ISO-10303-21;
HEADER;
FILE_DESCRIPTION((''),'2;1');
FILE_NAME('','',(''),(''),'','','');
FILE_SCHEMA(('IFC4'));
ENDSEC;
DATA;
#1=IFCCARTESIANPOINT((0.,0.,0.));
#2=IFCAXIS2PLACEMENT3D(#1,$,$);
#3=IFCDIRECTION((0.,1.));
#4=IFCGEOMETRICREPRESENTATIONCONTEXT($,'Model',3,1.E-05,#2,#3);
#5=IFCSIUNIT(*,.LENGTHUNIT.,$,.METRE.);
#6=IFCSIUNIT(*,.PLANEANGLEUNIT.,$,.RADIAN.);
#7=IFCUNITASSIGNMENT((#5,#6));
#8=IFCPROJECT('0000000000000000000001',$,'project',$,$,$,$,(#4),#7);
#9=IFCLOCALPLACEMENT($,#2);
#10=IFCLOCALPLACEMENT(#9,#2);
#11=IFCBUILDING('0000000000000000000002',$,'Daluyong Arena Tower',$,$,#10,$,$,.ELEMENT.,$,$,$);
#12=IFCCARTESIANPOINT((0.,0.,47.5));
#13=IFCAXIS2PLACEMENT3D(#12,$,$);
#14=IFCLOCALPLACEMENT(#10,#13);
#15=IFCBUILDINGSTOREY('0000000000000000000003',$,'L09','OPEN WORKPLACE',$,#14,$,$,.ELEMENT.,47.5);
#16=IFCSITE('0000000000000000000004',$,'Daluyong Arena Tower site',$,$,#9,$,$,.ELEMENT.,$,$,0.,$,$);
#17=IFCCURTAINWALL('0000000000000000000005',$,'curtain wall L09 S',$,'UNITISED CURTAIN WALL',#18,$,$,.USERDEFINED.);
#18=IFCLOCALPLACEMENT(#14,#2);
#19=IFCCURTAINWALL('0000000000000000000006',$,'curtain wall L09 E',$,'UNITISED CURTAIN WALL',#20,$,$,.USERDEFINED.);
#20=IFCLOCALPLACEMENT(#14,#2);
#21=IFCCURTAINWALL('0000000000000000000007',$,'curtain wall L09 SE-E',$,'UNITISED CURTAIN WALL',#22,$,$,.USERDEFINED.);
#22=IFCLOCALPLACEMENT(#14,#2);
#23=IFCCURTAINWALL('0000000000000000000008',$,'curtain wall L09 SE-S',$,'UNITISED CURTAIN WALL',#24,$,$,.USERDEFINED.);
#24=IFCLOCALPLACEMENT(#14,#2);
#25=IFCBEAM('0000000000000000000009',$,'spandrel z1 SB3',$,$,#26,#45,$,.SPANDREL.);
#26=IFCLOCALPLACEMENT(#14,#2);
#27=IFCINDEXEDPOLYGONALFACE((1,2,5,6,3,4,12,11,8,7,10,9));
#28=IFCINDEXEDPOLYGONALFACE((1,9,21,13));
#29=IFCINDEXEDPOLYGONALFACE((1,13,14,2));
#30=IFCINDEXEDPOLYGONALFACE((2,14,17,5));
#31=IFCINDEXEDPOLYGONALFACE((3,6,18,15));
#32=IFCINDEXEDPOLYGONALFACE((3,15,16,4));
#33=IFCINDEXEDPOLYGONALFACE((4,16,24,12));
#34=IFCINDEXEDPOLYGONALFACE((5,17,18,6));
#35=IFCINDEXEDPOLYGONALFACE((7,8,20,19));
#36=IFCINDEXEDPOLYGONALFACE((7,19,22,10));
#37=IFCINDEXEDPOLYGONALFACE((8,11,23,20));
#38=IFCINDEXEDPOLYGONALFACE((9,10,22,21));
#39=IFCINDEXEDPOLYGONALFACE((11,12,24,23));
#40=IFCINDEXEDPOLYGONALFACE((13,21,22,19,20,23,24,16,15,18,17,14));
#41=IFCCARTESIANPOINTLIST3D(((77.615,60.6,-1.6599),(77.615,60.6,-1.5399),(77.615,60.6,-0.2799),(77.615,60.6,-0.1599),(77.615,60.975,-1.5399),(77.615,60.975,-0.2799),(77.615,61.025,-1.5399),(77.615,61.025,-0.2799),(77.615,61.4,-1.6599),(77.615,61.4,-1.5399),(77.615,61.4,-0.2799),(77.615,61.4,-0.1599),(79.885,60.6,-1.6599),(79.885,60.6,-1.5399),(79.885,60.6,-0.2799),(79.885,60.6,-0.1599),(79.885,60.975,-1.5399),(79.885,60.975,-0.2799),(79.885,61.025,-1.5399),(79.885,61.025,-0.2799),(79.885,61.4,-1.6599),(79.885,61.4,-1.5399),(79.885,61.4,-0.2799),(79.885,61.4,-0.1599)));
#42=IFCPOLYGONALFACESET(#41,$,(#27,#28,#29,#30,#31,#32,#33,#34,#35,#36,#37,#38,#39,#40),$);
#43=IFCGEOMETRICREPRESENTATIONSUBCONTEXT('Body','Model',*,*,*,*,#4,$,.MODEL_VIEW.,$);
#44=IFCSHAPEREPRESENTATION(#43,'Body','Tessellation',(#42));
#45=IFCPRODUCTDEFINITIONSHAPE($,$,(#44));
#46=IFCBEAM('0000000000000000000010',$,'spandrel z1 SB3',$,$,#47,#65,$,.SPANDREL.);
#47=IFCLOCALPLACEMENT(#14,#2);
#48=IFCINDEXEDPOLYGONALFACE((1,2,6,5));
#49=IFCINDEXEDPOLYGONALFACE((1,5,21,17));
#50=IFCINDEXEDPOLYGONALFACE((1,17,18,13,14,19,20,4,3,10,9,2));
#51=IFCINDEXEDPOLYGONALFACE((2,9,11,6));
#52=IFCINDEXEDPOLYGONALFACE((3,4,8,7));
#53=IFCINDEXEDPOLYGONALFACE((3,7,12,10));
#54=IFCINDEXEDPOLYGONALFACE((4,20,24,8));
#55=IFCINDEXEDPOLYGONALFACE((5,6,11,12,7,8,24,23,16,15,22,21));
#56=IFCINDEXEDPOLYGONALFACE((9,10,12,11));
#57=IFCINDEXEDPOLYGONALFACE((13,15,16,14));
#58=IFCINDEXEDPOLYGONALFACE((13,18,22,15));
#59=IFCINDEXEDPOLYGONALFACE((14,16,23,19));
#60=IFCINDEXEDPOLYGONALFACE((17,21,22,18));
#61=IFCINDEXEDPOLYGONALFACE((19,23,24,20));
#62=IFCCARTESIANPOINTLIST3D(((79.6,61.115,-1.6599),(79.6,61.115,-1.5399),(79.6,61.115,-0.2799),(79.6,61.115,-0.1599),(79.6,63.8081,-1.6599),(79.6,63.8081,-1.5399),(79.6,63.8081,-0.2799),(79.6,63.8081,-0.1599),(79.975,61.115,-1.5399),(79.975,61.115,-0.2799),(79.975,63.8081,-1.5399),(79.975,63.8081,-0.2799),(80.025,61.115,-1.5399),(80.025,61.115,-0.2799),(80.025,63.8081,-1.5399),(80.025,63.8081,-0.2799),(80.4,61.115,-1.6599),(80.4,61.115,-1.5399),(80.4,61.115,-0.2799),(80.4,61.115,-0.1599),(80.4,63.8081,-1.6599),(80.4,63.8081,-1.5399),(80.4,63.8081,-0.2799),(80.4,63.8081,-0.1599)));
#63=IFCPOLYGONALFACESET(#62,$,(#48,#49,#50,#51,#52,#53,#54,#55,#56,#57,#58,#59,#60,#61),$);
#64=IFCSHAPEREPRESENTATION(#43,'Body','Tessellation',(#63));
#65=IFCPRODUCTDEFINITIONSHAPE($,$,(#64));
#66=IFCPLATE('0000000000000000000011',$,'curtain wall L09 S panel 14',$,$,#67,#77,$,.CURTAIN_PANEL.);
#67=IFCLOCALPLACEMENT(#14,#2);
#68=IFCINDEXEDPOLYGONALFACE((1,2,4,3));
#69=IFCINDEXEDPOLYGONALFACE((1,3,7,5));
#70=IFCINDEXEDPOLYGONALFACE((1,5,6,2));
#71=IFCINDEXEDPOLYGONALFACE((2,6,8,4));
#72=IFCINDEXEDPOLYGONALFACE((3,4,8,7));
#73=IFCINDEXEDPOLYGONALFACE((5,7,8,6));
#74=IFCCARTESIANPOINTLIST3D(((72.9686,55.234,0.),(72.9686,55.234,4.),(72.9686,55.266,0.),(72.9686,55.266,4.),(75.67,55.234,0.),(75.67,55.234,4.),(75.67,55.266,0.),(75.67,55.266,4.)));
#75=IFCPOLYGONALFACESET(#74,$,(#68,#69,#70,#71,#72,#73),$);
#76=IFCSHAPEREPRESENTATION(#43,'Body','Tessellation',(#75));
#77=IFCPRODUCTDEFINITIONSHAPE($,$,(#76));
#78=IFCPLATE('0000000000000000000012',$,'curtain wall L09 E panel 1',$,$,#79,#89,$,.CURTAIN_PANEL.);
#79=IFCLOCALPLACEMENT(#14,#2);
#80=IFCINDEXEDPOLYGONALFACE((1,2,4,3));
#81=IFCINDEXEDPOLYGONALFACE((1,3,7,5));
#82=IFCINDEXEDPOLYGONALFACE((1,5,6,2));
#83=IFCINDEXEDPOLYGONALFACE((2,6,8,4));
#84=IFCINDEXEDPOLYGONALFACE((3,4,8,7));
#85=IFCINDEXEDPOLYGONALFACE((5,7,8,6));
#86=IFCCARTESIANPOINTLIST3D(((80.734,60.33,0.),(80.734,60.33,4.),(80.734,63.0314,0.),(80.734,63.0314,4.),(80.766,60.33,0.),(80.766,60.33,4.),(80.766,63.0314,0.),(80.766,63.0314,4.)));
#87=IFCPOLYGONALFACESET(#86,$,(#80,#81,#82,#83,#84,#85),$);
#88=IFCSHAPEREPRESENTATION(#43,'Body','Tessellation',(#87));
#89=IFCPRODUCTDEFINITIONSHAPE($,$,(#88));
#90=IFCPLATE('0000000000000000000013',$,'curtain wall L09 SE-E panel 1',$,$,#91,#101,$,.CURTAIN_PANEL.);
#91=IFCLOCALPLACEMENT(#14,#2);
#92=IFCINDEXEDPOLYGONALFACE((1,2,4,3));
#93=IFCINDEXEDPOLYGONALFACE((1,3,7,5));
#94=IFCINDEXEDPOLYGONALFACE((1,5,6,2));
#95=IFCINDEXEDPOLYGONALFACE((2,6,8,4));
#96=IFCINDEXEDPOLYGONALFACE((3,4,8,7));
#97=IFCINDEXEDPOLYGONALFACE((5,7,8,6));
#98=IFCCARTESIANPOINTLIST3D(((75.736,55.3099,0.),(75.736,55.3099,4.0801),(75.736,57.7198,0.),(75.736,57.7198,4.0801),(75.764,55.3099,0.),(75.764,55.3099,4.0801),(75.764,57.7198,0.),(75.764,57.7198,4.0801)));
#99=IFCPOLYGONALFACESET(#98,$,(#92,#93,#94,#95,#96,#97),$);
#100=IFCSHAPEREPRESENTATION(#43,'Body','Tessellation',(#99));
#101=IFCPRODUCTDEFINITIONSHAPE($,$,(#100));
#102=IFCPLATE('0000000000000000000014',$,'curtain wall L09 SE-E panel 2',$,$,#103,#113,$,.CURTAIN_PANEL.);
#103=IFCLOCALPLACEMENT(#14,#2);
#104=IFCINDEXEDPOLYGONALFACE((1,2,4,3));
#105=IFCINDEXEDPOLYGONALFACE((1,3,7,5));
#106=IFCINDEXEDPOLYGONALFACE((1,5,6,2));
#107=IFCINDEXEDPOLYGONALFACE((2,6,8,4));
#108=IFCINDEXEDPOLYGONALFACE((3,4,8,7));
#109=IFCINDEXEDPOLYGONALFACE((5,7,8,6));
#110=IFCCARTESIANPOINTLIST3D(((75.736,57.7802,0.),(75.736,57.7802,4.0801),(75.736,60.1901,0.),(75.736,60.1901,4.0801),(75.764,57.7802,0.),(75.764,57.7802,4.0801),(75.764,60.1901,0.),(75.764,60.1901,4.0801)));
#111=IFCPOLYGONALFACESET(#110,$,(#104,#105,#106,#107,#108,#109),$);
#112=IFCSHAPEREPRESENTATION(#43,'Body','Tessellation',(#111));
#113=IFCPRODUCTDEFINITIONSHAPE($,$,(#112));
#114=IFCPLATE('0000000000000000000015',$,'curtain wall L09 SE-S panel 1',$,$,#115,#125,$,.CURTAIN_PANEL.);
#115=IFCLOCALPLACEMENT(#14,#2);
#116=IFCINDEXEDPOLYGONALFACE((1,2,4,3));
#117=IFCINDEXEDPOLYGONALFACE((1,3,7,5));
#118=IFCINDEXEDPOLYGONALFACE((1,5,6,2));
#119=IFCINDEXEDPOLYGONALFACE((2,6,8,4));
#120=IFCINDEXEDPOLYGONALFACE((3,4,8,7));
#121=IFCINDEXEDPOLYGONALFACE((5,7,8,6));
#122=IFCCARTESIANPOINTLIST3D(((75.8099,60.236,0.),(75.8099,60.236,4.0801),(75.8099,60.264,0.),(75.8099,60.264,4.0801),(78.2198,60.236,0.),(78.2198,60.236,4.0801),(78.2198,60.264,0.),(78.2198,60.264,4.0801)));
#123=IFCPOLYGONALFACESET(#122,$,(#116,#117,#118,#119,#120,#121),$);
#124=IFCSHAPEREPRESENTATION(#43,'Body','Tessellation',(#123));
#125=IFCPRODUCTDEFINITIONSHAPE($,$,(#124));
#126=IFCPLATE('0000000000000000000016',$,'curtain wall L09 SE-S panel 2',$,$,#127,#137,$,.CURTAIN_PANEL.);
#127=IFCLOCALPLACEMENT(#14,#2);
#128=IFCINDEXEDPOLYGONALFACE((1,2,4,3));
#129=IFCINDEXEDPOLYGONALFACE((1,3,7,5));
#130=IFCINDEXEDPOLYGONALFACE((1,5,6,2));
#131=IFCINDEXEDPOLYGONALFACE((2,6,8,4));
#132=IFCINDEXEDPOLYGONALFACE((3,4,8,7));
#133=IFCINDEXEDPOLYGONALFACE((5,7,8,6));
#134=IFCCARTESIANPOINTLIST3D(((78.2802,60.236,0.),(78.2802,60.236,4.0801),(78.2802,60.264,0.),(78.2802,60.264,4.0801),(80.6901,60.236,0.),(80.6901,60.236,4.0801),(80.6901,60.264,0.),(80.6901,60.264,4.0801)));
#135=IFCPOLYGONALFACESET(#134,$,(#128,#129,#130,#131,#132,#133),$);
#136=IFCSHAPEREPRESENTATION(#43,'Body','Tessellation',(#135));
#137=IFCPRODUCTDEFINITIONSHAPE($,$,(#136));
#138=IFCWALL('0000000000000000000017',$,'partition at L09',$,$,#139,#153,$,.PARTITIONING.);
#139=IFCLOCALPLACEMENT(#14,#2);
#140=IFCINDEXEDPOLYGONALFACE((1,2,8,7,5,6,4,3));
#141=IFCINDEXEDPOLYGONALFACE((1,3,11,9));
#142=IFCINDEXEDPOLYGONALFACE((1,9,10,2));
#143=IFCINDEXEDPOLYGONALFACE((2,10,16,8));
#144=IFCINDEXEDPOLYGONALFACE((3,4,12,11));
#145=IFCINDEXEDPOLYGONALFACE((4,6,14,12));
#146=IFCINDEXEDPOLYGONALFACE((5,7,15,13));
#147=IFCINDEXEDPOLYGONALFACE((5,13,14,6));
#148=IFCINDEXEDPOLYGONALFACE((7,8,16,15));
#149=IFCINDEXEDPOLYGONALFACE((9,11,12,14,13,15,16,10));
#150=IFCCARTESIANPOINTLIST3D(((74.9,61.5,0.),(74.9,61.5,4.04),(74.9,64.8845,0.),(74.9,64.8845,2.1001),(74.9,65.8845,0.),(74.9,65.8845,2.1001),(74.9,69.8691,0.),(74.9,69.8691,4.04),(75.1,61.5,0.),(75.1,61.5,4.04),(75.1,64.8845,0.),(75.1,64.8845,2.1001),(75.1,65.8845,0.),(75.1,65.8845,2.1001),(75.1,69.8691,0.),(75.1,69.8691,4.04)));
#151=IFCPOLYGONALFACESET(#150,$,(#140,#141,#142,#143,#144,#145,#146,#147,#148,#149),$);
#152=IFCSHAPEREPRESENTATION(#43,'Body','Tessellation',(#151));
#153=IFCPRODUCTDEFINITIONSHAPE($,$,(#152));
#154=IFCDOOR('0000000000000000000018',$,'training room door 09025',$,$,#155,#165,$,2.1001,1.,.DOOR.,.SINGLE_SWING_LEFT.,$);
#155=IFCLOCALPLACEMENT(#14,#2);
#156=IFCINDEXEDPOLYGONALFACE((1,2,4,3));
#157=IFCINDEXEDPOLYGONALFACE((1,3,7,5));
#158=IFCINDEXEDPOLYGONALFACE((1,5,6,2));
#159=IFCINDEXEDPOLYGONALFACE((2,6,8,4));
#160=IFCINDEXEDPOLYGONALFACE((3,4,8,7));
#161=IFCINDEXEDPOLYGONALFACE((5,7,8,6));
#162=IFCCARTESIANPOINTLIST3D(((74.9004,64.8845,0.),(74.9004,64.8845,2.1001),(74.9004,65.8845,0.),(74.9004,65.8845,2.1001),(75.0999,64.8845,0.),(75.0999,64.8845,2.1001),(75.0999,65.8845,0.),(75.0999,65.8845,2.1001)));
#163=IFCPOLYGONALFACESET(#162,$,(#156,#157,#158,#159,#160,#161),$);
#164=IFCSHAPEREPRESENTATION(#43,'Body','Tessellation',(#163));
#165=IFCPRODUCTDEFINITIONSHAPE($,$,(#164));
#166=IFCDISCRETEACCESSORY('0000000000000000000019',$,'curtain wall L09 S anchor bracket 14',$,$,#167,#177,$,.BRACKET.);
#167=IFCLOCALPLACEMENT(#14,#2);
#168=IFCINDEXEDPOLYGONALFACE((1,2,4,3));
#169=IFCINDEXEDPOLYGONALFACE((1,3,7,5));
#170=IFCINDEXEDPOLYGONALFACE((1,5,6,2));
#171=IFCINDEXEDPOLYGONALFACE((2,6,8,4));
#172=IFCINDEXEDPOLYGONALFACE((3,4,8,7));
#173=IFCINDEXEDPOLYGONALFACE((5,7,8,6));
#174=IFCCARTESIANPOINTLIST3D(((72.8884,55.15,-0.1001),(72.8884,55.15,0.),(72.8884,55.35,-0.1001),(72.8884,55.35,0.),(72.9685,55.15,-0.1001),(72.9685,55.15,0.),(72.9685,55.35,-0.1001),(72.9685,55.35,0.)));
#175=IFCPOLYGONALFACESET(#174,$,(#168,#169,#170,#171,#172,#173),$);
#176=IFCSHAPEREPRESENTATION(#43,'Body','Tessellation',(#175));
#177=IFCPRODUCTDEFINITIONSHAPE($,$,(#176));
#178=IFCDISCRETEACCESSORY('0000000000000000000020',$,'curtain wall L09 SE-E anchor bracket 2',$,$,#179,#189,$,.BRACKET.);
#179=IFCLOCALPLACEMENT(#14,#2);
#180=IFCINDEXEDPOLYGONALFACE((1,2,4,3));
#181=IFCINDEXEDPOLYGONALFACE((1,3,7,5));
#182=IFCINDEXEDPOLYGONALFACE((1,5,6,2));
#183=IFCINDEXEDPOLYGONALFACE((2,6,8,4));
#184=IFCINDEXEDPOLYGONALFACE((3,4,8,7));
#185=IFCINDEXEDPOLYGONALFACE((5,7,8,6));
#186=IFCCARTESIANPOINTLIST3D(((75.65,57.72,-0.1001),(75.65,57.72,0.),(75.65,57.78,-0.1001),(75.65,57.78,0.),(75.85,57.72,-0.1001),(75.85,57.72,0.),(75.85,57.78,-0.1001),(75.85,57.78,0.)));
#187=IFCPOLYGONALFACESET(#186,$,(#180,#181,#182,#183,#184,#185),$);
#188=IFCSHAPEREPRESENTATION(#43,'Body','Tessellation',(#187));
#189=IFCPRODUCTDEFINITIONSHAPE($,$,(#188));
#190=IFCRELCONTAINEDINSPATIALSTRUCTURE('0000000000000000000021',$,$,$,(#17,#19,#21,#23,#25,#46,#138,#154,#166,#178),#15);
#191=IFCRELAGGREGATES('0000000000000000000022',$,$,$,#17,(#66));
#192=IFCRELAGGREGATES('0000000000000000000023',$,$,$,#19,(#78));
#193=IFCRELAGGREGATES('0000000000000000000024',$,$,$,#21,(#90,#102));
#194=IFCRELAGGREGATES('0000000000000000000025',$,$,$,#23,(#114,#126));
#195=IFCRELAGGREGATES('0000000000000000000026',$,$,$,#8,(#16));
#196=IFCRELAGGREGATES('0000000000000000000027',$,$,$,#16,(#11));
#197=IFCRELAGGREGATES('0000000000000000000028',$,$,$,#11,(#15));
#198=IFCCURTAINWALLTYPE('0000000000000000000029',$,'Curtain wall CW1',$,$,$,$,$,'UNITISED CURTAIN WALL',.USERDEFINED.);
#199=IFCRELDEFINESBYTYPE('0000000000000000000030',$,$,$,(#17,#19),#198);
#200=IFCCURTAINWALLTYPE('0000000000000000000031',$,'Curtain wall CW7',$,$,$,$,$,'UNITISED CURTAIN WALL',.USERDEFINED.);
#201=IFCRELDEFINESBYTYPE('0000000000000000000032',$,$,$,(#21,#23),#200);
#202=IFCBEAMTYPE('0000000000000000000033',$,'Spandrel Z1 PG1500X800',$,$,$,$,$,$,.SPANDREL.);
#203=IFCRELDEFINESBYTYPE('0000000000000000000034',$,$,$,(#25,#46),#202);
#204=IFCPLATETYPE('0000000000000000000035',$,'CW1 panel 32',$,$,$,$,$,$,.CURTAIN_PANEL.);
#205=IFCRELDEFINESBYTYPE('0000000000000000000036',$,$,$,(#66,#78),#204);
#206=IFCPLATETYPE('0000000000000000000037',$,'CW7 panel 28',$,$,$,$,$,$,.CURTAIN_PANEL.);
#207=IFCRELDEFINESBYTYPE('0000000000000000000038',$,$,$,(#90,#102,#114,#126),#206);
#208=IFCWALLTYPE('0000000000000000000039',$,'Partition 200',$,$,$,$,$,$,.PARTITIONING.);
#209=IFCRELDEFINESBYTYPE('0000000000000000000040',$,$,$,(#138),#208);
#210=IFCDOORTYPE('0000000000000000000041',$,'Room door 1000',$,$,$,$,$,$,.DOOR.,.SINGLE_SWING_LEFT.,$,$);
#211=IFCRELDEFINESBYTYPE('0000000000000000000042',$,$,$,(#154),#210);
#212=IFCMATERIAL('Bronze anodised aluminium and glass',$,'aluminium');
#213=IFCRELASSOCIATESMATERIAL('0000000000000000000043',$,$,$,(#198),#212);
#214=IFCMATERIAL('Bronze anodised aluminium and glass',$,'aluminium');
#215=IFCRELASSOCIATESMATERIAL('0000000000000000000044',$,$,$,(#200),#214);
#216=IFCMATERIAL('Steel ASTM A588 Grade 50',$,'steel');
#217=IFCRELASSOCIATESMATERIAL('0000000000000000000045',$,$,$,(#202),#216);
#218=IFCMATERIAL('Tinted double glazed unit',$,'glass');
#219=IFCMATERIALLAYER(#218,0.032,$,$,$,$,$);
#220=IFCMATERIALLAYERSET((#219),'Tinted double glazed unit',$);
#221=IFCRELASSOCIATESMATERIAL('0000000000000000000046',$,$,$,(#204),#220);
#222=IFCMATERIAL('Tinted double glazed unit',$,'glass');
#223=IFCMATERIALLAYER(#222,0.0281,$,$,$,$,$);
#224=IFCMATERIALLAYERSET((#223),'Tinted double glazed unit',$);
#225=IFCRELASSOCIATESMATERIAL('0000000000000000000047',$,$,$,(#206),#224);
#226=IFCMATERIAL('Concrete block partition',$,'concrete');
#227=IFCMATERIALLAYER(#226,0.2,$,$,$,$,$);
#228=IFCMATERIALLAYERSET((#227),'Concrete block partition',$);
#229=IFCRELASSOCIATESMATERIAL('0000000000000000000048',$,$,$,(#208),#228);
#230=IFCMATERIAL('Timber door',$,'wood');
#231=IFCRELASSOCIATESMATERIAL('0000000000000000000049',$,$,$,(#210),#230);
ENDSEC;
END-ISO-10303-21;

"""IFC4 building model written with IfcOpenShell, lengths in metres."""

from ifc_helpers import new_model, si_unit, direction, frame, frame_2d, origin, origin_2d, place, context, subcontext, project, spatial, rectangle, i_section, extrude, material, layer, layer_set, material_profile, profile_set, type_object, element, fill, aggregate, save


model = new_model("IFC4")

# Units and contexts
model_context = context("Model", 3, precision=1e-05, world=origin(), true_north=direction((0.0, 1.0)))
body_context = subcontext(model_context, "Body", "Model", "MODEL_VIEW")
ifc_project = project(units=[si_unit("LENGTHUNIT", "METRE"), si_unit("PLANEANGLEUNIT", "RADIAN")], contexts=[model_context])

# Site, building, storey
site_placement = place(None, origin())
site = spatial("IfcSite", under=ifc_project, at=site_placement, Name="Daluyong Arena Tower site", CompositionType="ELEMENT", RefElevation=0.0)
building_placement = place(site_placement, origin())
building = spatial("IfcBuilding", under=site, at=building_placement, Name="Daluyong Arena Tower", CompositionType="ELEMENT")
storey_placement = place(building_placement, frame((0.0, 0.0, 47.5)))
storey = spatial("IfcBuildingStorey", under=building, at=storey_placement, Name="L09", Description="OPEN WORKPLACE", CompositionType="ELEMENT", Elevation=47.5)

# Curtain wall
ifc_material_1 = material(Name="Bronze anodised aluminium and glass", Category="aluminium")
curtain_wall_type_1 = type_object("IfcCurtainWallType", Name="Curtain wall CW1", ElementType="UNITISED CURTAIN WALL", PredefinedType="USERDEFINED", material=ifc_material_1)
curtain_wall_1_placement = place(storey_placement, origin())
curtain_wall_1 = element("IfcCurtainWall", 1, at=curtain_wall_1_placement, inside=storey, type_object=curtain_wall_type_1, Name="curtain wall L09 S", ObjectType="UNITISED CURTAIN WALL", PredefinedType="USERDEFINED")

# Curtain wall
curtain_wall_2_placement = place(storey_placement, origin())
curtain_wall_2 = element("IfcCurtainWall", 2, at=curtain_wall_2_placement, inside=storey, type_object=curtain_wall_type_1, Name="curtain wall L09 E", ObjectType="UNITISED CURTAIN WALL", PredefinedType="USERDEFINED")

# Curtain walls
ifc_material_2 = material(Name="Bronze anodised aluminium and glass", Category="aluminium")
curtain_wall_type_2 = type_object("IfcCurtainWallType", Name="Curtain wall CW7", ElementType="UNITISED CURTAIN WALL", PredefinedType="USERDEFINED", material=ifc_material_2)
curtain_wall_3_placement = place(storey_placement, origin())
curtain_wall_3 = element("IfcCurtainWall", 3, at=curtain_wall_3_placement, inside=storey, type_object=curtain_wall_type_2, Name="curtain wall L09 SE-E", ObjectType="UNITISED CURTAIN WALL", PredefinedType="USERDEFINED")
curtain_wall_4_placement = place(storey_placement, origin())
curtain_wall_4 = element("IfcCurtainWall", 4, at=curtain_wall_4_placement, inside=storey, type_object=curtain_wall_type_2, Name="curtain wall L09 SE-S", ObjectType="UNITISED CURTAIN WALL", PredefinedType="USERDEFINED")

# Beams
ifc_material_3 = material(Name="Steel ASTM A588 Grade 50", Category="steel")
ifc_material_profile_1 = material_profile(ifc_material_3, i_section(OverallWidth=0.8, OverallDepth=1.5, WebThickness=0.05, FlangeThickness=0.12, at=origin_2d()))
ifc_profile_set_1 = profile_set([ifc_material_profile_1], Name="Steel ASTM A588 Grade 50")
beam_type_1 = type_object("IfcBeamType", Name="Spandrel Z1 PG1500X800", PredefinedType="SPANDREL", material=ifc_profile_set_1)
for number, where, z_axis, x_axis, name in (
    (5, (77.615, 61.0, -0.9099), (1.0, 0.0, 0.0), (0.0, 1.0, 0.0), "spandrel z1 SB3"),
):
    element("IfcBeam", number, at=place(storey_placement, frame(where, z_axis=z_axis, x_axis=x_axis)), inside=storey, type_object=beam_type_1, Name=name, PredefinedType="SPANDREL", context=body_context, shape_type="SweptSolid", body=[
        extrude(i_section(OverallWidth=0.8, OverallDepth=1.5, WebThickness=0.05, FlangeThickness=0.12, at=origin_2d()), origin(), (0.0, 0.0, 1.0), 2.27),
    ])
beam_1_placement = place(storey_placement, frame((80.0, 61.115, -0.9099), z_axis=(0.0, 1.0, 0.0), x_axis=(-1.0, 0.0, 0.0)))
element("IfcBeam", 6, at=beam_1_placement, inside=storey, type_object=beam_type_1, Name="spandrel z1 SB3", PredefinedType="SPANDREL", context=body_context, shape_type="SweptSolid", body=[
    extrude(i_section(OverallWidth=0.8, OverallDepth=1.5, WebThickness=0.05, FlangeThickness=0.12, at=origin_2d()), origin(), (0.0, 0.0, 1.0), 2.6931),
])

# Plates
ifc_material_4 = material(Name="Tinted double glazed unit", Category="glass")
ifc_layer_1 = layer(ifc_material_4, 0.032)
ifc_layer_set_1 = layer_set([ifc_layer_1], Name="Tinted double glazed unit")
plate_type_1 = type_object("IfcPlateType", Name="CW1 panel 32", PredefinedType="CURTAIN_PANEL", material=ifc_layer_set_1)
plate_1_placement = place(storey_placement, frame((74.3193, 55.25, 0.0), z_axis=(0.0, 0.0, 1.0), x_axis=(1.0, 0.0, 0.0)))
plate_1 = element("IfcPlate", 7, at=plate_1_placement, type_object=plate_type_1, Name="curtain wall L09 S panel 14", PredefinedType="CURTAIN_PANEL", context=body_context, shape_type="SweptSolid", body=[
    extrude(rectangle(XDim=2.7014, YDim=0.032, at=origin_2d()), origin(), (0.0, 0.0, 1.0), 4.0),
])
aggregate(curtain_wall_1, [plate_1])
plate_2_placement = place(storey_placement, frame((80.75, 61.6807, 0.0), z_axis=(0.0, 0.0, 1.0), x_axis=(0.0, 1.0, 0.0)))
plate_2 = element("IfcPlate", 8, at=plate_2_placement, type_object=plate_type_1, Name="curtain wall L09 E panel 1", PredefinedType="CURTAIN_PANEL", context=body_context, shape_type="SweptSolid", body=[
    extrude(rectangle(XDim=2.7014, YDim=0.032, at=origin_2d()), origin(), (0.0, 0.0, 1.0), 4.0),
])
aggregate(curtain_wall_2, [plate_2])
ifc_material_5 = material(Name="Tinted double glazed unit", Category="glass")
ifc_layer_2 = layer(ifc_material_5, 0.0281)
ifc_layer_set_2 = layer_set([ifc_layer_2], Name="Tinted double glazed unit")
plate_type_2 = type_object("IfcPlateType", Name="CW7 panel 28", PredefinedType="CURTAIN_PANEL", material=ifc_layer_set_2)
plate_3_placement = place(storey_placement, frame((75.75, 56.5149, 0.0), z_axis=(0.0, 0.0, 1.0), x_axis=(0.0, 1.0, 0.0)))
plate_3 = element("IfcPlate", 9, at=plate_3_placement, type_object=plate_type_2, Name="curtain wall L09 SE-E panel 1", PredefinedType="CURTAIN_PANEL", context=body_context, shape_type="SweptSolid", body=[
    extrude(rectangle(XDim=2.4099, YDim=0.0281, at=origin_2d()), origin(), (0.0, 0.0, 1.0), 4.0801),
])
plate_4_placement = place(storey_placement, frame((75.75, 58.9851, 0.0), z_axis=(0.0, 0.0, 1.0), x_axis=(0.0, 1.0, 0.0)))
plate_4 = element("IfcPlate", 10, at=plate_4_placement, type_object=plate_type_2, Name="curtain wall L09 SE-E panel 2", PredefinedType="CURTAIN_PANEL", context=body_context, shape_type="SweptSolid", body=[
    extrude(rectangle(XDim=2.4099, YDim=0.0281, at=origin_2d()), origin(), (0.0, 0.0, 1.0), 4.0801),
])
aggregate(curtain_wall_3, [plate_3, plate_4])
plate_5_placement = place(storey_placement, frame((77.0149, 60.25, 0.0), z_axis=(0.0, 0.0, 1.0), x_axis=(1.0, 0.0, 0.0)))
plate_5 = element("IfcPlate", 11, at=plate_5_placement, type_object=plate_type_2, Name="curtain wall L09 SE-S panel 1", PredefinedType="CURTAIN_PANEL", context=body_context, shape_type="SweptSolid", body=[
    extrude(rectangle(XDim=2.4099, YDim=0.0281, at=origin_2d()), origin(), (0.0, 0.0, 1.0), 4.0801),
])
plate_6_placement = place(storey_placement, frame((79.4851, 60.25, 0.0), z_axis=(0.0, 0.0, 1.0), x_axis=(1.0, 0.0, 0.0)))
plate_6 = element("IfcPlate", 12, at=plate_6_placement, type_object=plate_type_2, Name="curtain wall L09 SE-S panel 2", PredefinedType="CURTAIN_PANEL", context=body_context, shape_type="SweptSolid", body=[
    extrude(rectangle(XDim=2.4099, YDim=0.0281, at=origin_2d()), origin(), (0.0, 0.0, 1.0), 4.0801),
])
aggregate(curtain_wall_4, [plate_5, plate_6])

# Wall, opening, door
ifc_material_6 = material(Name="Concrete block partition", Category="concrete")
ifc_layer_3 = layer(ifc_material_6, 0.2)
ifc_layer_set_3 = layer_set([ifc_layer_3], Name="Concrete block partition")
wall_type = type_object("IfcWallType", Name="Partition 200", PredefinedType="PARTITIONING", material=ifc_layer_set_3)
wall_placement = place(storey_placement, frame((75.0, 61.5, 0.0), z_axis=(0.0, 0.0, 1.0), x_axis=(0.0, 1.0, 0.0)))
wall = element("IfcWall", 13, at=wall_placement, inside=storey, type_object=wall_type, Name="partition at L09", PredefinedType="PARTITIONING", context=body_context, shape_type="SweptSolid", body=[
    extrude(rectangle(XDim=8.3691, YDim=0.2, at=frame_2d((4.1846, 0.0))), origin(), (0.0, 0.0, 1.0), 4.04),
])
opening_placement = place(wall_placement, frame((3.3845, 0.0, 0.0)))
opening = element("IfcOpeningElement", 14, at=opening_placement, cuts=wall, PredefinedType="OPENING", context=body_context, shape_type="SweptSolid", body=[
    extrude(rectangle(XDim=1.0, YDim=2.1001, at=frame_2d((0.5, 1.05))), frame((0.0, 0.1099, 0.0), z_axis=(0.0, -1.0, 0.0), x_axis=(1.0, 0.0, 0.0)), (0.0, 0.0, 1.0), 0.22),
])
ifc_material_7 = material(Name="Timber door", Category="wood")
door_type = type_object("IfcDoorType", Name="Room door 1000", OperationType="SINGLE_SWING_LEFT", PredefinedType="DOOR", material=ifc_material_7)
door_placement = place(opening_placement, origin())
door = element("IfcDoor", 15, at=door_placement, inside=storey, type_object=door_type, Name="training room door 09025", OperationType="SINGLE_SWING_LEFT", OverallHeight=2.1001, OverallWidth=1.0, PredefinedType="DOOR", context=body_context, shape_type="SweptSolid", body=[
    extrude(rectangle(XDim=1.0, YDim=2.1001, at=frame_2d((0.5, 1.05))), frame((0.0, 0.0996, 0.0), z_axis=(0.0, -1.0, 0.0), x_axis=(1.0, 0.0, 0.0)), (0.0, 0.0, 1.0), 0.1995),
])
fill(opening, door)

# Discrete accessories
discrete_accessory_1_placement = place(storey_placement, frame((72.9285, 55.25, -0.1001), z_axis=(0.0, 0.0, 1.0), x_axis=(1.0, 0.0, 0.0)))
element("IfcDiscreteAccessory", 16, at=discrete_accessory_1_placement, inside=storey, Name="curtain wall L09 S anchor bracket 14", PredefinedType="BRACKET", context=body_context, shape_type="SweptSolid", body=[
    extrude(rectangle(XDim=0.0801, YDim=0.2, at=origin_2d()), origin(), (0.0, 0.0, 1.0), 0.1001),
])
for number, where, z_axis, x_axis, name in (
    (17, (75.75, 57.75, -0.1001), (0.0, 0.0, 1.0), (0.0, 1.0, 0.0), "curtain wall L09 SE-E anchor bracket 2"),
):
    element("IfcDiscreteAccessory", number, at=place(storey_placement, frame(where, z_axis=z_axis, x_axis=x_axis)), inside=storey, Name=name, PredefinedType="BRACKET", context=body_context, shape_type="SweptSolid", body=[
        extrude(rectangle(XDim=0.0601, YDim=0.2, at=origin_2d()), origin(), (0.0, 0.0, 1.0), 0.1001),
    ])

save(model, "model.ifc")
